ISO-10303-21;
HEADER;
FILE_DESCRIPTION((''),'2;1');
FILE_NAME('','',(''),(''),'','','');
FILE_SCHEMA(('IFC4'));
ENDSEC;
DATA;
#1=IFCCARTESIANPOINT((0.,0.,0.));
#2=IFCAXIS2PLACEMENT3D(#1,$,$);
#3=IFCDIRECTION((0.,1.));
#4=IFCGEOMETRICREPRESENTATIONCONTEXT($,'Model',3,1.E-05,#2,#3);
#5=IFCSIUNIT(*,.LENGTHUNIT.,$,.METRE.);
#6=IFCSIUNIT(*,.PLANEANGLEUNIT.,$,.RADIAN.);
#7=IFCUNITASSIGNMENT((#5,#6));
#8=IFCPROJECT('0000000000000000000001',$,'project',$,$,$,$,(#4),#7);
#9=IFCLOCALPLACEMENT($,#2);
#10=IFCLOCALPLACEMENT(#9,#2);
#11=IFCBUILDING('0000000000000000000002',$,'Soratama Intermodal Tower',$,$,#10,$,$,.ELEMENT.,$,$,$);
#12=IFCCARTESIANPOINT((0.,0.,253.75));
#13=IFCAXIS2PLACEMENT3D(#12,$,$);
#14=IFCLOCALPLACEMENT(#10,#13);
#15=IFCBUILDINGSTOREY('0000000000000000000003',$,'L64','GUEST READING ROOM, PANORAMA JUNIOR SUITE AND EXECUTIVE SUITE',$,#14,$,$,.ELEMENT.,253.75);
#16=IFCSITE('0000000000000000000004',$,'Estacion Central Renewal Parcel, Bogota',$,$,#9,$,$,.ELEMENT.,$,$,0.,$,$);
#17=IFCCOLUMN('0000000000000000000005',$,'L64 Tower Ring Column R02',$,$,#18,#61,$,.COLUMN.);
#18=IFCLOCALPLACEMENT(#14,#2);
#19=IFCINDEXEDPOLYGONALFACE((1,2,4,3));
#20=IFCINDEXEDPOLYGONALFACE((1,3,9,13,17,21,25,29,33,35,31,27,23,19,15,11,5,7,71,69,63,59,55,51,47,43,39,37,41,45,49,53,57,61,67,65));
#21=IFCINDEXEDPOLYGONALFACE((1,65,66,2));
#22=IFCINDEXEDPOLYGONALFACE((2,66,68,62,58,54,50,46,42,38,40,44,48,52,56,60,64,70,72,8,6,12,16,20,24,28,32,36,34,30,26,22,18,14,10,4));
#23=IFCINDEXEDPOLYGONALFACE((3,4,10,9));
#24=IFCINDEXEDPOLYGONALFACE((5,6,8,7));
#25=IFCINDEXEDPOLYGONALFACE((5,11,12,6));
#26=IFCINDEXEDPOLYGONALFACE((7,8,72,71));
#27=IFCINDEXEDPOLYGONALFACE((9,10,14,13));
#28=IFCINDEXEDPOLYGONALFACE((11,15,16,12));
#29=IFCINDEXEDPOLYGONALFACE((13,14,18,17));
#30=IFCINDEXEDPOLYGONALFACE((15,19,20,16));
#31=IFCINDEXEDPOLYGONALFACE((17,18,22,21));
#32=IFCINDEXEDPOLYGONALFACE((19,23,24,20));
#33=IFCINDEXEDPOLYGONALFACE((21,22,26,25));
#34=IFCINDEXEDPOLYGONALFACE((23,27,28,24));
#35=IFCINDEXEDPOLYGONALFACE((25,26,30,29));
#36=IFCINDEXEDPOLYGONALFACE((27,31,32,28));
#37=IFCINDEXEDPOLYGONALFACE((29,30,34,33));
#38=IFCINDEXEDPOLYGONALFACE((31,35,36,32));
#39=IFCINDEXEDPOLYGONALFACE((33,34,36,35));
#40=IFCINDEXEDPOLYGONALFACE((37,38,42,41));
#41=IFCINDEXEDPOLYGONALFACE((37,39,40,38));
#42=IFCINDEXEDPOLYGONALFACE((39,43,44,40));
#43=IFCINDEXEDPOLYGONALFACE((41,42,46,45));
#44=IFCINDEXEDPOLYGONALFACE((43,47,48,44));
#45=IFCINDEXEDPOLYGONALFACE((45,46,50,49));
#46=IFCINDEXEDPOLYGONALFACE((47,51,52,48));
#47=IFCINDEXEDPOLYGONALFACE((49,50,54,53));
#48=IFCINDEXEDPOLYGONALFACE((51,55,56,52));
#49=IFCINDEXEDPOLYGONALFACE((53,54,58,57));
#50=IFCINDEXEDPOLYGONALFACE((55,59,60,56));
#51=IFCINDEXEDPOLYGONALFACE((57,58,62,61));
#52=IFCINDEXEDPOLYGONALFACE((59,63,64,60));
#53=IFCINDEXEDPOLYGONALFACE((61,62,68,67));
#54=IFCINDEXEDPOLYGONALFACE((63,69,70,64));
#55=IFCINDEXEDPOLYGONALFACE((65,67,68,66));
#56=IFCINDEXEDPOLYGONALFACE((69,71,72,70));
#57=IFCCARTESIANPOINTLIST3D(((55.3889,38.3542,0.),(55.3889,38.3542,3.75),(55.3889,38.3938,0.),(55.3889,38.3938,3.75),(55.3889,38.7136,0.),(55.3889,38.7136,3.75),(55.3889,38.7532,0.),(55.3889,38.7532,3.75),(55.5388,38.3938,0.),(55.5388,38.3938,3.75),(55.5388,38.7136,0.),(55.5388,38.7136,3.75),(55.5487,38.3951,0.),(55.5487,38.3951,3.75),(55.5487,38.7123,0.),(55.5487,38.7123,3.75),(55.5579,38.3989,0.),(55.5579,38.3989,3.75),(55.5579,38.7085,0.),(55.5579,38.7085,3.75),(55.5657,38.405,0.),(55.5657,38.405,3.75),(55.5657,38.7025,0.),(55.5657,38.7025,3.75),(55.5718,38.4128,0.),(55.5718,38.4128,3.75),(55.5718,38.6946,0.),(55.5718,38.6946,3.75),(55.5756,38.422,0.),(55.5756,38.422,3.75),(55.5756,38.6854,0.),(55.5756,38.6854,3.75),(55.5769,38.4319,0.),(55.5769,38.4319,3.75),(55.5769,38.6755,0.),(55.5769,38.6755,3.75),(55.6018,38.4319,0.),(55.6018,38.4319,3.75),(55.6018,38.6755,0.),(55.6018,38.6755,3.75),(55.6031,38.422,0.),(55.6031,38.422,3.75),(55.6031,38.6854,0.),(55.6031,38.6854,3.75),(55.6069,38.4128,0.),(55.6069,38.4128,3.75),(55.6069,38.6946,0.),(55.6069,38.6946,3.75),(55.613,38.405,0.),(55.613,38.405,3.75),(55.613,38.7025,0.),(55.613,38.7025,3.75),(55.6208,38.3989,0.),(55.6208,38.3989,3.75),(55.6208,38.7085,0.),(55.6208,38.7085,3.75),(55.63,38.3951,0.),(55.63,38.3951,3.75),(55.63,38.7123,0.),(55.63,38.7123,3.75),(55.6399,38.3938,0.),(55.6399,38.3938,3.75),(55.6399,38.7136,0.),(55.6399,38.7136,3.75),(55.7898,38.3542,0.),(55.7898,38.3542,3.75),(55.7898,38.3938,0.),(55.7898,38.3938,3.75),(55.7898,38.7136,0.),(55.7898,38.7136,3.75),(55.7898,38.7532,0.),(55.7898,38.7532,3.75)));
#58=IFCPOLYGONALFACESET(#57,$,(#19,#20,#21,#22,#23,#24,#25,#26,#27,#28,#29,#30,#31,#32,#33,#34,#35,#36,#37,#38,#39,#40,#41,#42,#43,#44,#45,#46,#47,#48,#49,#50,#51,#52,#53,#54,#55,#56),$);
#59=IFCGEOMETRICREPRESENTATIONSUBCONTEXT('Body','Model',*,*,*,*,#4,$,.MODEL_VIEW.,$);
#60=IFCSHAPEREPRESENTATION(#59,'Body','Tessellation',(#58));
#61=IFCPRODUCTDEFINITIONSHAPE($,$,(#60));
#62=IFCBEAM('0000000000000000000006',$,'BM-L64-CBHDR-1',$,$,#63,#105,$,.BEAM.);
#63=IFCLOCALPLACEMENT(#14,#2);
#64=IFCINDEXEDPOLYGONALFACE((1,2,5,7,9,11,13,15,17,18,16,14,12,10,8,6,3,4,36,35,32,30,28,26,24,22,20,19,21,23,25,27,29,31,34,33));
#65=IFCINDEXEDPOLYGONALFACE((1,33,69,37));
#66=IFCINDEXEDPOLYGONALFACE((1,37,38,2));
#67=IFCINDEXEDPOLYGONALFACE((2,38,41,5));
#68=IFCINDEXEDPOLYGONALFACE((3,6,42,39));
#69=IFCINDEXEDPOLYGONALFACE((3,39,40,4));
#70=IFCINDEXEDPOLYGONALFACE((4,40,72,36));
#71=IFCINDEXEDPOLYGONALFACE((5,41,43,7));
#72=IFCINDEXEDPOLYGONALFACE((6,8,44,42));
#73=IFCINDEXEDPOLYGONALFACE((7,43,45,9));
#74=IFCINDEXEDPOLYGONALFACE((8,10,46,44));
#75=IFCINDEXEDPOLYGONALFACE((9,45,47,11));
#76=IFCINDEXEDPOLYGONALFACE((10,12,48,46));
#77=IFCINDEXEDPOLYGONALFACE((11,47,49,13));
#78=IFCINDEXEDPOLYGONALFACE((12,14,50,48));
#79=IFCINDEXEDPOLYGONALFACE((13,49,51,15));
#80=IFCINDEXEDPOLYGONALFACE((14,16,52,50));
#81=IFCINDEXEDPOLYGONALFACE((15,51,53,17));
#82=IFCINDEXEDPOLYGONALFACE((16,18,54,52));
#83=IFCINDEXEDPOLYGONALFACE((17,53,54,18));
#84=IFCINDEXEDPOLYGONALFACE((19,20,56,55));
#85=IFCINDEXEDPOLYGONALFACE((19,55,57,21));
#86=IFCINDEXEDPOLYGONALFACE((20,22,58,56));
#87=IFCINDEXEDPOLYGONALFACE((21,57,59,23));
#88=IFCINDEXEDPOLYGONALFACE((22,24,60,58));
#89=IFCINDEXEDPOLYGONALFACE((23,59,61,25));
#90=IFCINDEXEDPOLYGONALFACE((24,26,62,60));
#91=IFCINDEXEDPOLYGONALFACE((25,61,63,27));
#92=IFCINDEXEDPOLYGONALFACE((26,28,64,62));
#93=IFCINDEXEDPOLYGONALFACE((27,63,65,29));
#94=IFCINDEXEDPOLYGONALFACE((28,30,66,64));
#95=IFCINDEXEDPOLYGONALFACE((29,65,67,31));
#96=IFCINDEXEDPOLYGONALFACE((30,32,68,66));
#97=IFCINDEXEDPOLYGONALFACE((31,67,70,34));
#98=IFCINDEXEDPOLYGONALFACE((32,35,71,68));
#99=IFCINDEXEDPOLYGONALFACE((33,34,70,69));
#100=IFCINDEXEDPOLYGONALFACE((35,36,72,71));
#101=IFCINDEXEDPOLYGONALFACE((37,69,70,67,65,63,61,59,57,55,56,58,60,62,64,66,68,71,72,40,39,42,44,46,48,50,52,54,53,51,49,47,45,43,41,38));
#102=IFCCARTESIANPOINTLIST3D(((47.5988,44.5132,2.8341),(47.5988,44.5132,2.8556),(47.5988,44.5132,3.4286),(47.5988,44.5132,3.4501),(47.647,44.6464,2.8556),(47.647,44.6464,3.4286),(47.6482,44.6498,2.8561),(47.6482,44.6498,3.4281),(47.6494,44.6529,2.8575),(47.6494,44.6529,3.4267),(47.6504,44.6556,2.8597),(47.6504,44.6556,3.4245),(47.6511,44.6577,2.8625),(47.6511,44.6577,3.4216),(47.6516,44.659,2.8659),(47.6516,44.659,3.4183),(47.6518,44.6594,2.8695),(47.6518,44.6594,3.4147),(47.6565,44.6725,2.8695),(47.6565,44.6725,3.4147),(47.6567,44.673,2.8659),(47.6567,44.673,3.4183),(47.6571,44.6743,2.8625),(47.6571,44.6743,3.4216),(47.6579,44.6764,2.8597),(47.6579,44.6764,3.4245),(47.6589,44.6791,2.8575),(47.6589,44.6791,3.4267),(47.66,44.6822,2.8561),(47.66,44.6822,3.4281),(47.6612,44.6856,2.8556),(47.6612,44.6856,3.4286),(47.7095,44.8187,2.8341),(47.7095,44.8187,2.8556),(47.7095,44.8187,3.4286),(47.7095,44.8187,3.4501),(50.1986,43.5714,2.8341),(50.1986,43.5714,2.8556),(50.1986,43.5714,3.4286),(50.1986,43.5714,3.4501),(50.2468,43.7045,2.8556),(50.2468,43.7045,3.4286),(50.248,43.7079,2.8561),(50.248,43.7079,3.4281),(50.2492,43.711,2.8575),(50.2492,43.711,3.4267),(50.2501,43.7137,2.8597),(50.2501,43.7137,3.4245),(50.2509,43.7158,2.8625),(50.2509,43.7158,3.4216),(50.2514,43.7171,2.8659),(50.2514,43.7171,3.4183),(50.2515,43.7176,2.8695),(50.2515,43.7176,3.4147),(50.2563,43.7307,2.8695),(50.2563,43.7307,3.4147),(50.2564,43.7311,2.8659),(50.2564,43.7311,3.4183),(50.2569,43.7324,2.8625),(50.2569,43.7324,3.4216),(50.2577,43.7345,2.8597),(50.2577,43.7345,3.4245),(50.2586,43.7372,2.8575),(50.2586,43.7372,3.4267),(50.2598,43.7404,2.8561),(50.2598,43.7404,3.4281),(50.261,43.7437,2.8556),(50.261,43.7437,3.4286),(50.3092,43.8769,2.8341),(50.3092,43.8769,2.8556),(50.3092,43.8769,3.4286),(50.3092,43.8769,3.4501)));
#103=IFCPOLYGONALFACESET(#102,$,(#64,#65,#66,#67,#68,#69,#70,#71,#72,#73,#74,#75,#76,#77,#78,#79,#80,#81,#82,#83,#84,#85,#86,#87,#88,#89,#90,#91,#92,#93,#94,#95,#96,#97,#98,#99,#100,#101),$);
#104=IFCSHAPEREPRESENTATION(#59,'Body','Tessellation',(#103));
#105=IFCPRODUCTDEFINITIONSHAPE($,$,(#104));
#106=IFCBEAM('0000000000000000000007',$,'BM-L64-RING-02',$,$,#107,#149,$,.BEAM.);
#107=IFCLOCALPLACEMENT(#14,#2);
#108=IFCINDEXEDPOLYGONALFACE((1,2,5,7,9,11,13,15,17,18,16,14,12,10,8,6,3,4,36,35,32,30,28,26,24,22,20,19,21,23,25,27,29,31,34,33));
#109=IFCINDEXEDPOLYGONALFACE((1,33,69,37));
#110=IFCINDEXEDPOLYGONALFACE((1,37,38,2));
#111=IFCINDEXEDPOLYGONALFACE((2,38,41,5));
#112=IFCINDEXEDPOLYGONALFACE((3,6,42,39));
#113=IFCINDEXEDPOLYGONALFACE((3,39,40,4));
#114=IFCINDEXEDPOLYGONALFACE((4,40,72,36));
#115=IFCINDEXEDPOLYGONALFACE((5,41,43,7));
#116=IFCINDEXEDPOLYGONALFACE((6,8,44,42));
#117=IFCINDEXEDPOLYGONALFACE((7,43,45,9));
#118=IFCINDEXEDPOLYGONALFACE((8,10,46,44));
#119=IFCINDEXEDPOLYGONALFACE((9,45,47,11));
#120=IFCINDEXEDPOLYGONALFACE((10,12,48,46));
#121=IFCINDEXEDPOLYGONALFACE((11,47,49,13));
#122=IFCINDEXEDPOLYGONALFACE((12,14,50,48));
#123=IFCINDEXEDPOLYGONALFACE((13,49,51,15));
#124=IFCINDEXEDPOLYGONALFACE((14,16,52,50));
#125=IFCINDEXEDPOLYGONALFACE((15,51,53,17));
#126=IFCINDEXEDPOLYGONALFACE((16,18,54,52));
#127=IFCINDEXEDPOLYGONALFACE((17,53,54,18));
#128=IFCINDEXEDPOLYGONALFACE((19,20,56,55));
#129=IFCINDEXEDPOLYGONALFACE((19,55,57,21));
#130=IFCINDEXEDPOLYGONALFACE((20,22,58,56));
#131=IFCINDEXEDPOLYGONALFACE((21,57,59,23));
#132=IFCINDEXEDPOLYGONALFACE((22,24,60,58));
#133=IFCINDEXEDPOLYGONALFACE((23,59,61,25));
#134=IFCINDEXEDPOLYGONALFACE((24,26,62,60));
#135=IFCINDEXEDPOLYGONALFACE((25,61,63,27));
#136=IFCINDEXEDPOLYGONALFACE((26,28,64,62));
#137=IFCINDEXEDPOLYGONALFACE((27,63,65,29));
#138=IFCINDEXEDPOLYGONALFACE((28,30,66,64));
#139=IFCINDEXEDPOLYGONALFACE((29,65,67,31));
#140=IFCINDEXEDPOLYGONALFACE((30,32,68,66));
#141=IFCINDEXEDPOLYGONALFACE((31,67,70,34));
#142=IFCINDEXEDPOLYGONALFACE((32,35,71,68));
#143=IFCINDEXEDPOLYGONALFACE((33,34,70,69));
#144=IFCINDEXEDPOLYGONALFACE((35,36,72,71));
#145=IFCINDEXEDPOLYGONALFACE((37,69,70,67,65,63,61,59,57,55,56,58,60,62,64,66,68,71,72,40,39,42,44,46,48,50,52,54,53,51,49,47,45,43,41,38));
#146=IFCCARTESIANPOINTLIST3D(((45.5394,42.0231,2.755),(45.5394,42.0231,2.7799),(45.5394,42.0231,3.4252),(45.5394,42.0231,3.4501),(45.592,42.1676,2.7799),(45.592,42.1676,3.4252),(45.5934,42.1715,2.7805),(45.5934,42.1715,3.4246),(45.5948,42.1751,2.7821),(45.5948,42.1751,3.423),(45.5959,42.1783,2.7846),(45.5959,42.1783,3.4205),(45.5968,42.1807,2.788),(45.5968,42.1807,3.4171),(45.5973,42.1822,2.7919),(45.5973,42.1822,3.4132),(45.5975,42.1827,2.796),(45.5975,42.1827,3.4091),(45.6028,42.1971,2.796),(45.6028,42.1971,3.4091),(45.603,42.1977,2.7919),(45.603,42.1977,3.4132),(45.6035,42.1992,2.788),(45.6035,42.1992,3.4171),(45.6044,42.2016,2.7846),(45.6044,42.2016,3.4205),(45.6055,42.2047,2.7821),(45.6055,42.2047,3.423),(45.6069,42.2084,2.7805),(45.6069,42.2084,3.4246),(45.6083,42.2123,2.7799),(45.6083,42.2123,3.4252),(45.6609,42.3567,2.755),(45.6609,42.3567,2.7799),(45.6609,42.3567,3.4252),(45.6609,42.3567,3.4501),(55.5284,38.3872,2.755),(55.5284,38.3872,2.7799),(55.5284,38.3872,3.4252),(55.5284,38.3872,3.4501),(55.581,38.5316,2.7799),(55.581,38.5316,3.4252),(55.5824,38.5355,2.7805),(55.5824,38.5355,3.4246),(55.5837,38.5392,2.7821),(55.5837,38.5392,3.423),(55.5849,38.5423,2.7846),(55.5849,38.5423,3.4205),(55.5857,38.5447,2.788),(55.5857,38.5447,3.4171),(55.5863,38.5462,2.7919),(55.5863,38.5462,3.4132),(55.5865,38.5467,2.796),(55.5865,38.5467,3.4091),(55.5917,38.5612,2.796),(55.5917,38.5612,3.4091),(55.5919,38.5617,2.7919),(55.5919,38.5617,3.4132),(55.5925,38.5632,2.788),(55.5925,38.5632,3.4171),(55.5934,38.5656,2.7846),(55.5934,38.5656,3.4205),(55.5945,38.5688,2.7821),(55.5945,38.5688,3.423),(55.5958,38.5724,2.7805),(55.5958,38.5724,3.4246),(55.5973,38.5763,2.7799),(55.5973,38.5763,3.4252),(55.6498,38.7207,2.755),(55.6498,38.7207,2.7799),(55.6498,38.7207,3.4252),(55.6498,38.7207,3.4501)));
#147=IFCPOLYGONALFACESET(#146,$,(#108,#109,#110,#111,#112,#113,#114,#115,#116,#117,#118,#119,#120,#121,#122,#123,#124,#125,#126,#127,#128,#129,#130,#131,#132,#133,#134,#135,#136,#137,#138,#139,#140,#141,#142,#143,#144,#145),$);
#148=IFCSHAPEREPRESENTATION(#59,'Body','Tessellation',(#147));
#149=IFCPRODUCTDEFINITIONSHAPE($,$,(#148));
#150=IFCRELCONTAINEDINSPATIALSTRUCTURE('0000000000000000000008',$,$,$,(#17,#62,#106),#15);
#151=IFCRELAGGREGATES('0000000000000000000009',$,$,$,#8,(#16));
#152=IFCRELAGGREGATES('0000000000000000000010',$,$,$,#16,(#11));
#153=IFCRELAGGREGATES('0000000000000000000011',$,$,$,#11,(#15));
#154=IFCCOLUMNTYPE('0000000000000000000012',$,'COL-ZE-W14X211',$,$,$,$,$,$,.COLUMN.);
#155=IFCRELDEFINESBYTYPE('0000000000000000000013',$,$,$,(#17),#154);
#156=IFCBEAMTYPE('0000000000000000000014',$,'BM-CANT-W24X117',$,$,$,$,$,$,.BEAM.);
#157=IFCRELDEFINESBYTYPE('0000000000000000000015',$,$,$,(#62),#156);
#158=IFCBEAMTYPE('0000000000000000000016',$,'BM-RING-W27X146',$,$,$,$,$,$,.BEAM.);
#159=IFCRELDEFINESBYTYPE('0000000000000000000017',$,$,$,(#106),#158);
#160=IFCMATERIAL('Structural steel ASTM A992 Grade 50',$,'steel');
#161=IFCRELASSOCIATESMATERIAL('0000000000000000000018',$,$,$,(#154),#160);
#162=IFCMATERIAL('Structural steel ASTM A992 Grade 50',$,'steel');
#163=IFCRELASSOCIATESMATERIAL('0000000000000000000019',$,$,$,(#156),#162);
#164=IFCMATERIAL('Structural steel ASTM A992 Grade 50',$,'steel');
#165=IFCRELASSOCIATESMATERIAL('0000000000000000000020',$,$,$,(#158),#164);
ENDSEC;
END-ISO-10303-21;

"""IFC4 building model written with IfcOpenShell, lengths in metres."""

from ifc_helpers import new_model, si_unit, direction, frame, origin, origin_2d, place, context, subcontext, project, spatial, i_section, extrude, material, material_profile, profile_set, type_object, element, save


model = new_model("IFC4")

# Units and contexts
model_context = context("Model", 3, precision=1e-05, world=origin(), true_north=direction((0.0, 1.0)))
body_context = subcontext(model_context, "Body", "Model", "MODEL_VIEW")
ifc_project = project(units=[si_unit("LENGTHUNIT", "METRE"), si_unit("PLANEANGLEUNIT", "RADIAN")], contexts=[model_context])

# Site, building, storey
site_placement = place(None, origin())
site = spatial("IfcSite", under=ifc_project, at=site_placement, Name="Estacion Central Renewal Parcel, Bogota", CompositionType="ELEMENT", RefElevation=0.0)
building_placement = place(site_placement, origin())
building = spatial("IfcBuilding", under=site, at=building_placement, Name="Soratama Intermodal Tower", CompositionType="ELEMENT")
storey_placement = place(building_placement, frame((0.0, 0.0, 253.75)))
storey = spatial("IfcBuildingStorey", under=building, at=storey_placement, Name="L64", Description="GUEST READING ROOM, PANORAMA JUNIOR SUITE AND EXECUTIVE SUITE", CompositionType="ELEMENT", Elevation=253.75)

# Column
ifc_material_1 = material(Name="Structural steel ASTM A992 Grade 50", Category="steel")
ifc_material_profile_1 = material_profile(ifc_material_1, i_section(OverallWidth=0.4009, OverallDepth=0.3989, WebThickness=0.0249, FlangeThickness=0.0396, FilletRadius=0.0381, at=origin_2d()), Name="W14X211")
ifc_profile_set_1 = profile_set([ifc_material_profile_1], Name="Structural steel ASTM A992 Grade 50")
column_type = type_object("IfcColumnType", Name="COL-ZE-W14X211", PredefinedType="COLUMN", material=ifc_profile_set_1)
column_placement = place(storey_placement, frame((55.5894, 38.5537, 0.0), z_axis=(0.0, 0.0, 1.0), x_axis=(1.0, 0.0, 0.0)))
element("IfcColumn", 1, at=column_placement, inside=storey, type_object=column_type, Name="L64 Tower Ring Column R02", PredefinedType="COLUMN", context=body_context, shape_type="SweptSolid", body=[
    extrude(i_section(OverallWidth=0.4009, OverallDepth=0.3989, WebThickness=0.0249, FlangeThickness=0.0396, FilletRadius=0.0381, at=origin_2d()), origin(), (0.0, 0.0, 1.0), 3.75),
])

# Beams
ifc_material_2 = material(Name="Structural steel ASTM A992 Grade 50", Category="steel")
ifc_material_profile_2 = material_profile(ifc_material_2, i_section(OverallWidth=0.325, OverallDepth=0.616, WebThickness=0.0139, FlangeThickness=0.0215, FilletRadius=0.0139, at=origin_2d()), Name="W24X117")
ifc_profile_set_2 = profile_set([ifc_material_profile_2], Name="Structural steel ASTM A992 Grade 50")
beam_type_1 = type_object("IfcBeamType", Name="BM-CANT-W24X117", PredefinedType="BEAM", material=ifc_profile_set_2)
beam_1_placement = place(storey_placement, frame((50.2539, 43.7241, 3.1421), z_axis=(-0.9402, 0.340623, 0.0), x_axis=(-0.340623, -0.9402, 0.0)))
element("IfcBeam", 2, at=beam_1_placement, inside=storey, type_object=beam_type_1, Name="BM-L64-CBHDR-1", PredefinedType="BEAM", context=body_context, shape_type="SweptSolid", body=[
    extrude(i_section(OverallWidth=0.325, OverallDepth=0.616, WebThickness=0.0139, FlangeThickness=0.0215, FilletRadius=0.0139, at=origin_2d()), origin(), (0.0, 0.0, 1.0), 2.7651),
])
ifc_material_3 = material(Name="Structural steel ASTM A992 Grade 50", Category="steel")
ifc_material_profile_3 = material_profile(ifc_material_3, i_section(OverallWidth=0.355, OverallDepth=0.6951, WebThickness=0.0154, FlangeThickness=0.0249, FilletRadius=0.0161, at=origin_2d()), Name="W27X146")
ifc_profile_set_3 = profile_set([ifc_material_profile_3], Name="Structural steel ASTM A992 Grade 50")
beam_type_2 = type_object("IfcBeamType", Name="BM-RING-W27X146", PredefinedType="BEAM", material=ifc_profile_set_3)
beam_2_placement = place(storey_placement, frame((55.5891, 38.554, 3.1025), z_axis=(-0.939684, 0.342044, 0.0), x_axis=(-0.342044, -0.939684, 0.0)))
element("IfcBeam", 3, at=beam_2_placement, inside=storey, type_object=beam_type_2, Name="BM-L64-RING-02", PredefinedType="BEAM", context=body_context, shape_type="SweptSolid", body=[
    extrude(i_section(OverallWidth=0.355, OverallDepth=0.6951, WebThickness=0.0154, FlangeThickness=0.0249, FilletRadius=0.0161, at=origin_2d()), origin(), (0.0, 0.0, 1.0), 10.6301),
])

save(model, "model.ifc")
